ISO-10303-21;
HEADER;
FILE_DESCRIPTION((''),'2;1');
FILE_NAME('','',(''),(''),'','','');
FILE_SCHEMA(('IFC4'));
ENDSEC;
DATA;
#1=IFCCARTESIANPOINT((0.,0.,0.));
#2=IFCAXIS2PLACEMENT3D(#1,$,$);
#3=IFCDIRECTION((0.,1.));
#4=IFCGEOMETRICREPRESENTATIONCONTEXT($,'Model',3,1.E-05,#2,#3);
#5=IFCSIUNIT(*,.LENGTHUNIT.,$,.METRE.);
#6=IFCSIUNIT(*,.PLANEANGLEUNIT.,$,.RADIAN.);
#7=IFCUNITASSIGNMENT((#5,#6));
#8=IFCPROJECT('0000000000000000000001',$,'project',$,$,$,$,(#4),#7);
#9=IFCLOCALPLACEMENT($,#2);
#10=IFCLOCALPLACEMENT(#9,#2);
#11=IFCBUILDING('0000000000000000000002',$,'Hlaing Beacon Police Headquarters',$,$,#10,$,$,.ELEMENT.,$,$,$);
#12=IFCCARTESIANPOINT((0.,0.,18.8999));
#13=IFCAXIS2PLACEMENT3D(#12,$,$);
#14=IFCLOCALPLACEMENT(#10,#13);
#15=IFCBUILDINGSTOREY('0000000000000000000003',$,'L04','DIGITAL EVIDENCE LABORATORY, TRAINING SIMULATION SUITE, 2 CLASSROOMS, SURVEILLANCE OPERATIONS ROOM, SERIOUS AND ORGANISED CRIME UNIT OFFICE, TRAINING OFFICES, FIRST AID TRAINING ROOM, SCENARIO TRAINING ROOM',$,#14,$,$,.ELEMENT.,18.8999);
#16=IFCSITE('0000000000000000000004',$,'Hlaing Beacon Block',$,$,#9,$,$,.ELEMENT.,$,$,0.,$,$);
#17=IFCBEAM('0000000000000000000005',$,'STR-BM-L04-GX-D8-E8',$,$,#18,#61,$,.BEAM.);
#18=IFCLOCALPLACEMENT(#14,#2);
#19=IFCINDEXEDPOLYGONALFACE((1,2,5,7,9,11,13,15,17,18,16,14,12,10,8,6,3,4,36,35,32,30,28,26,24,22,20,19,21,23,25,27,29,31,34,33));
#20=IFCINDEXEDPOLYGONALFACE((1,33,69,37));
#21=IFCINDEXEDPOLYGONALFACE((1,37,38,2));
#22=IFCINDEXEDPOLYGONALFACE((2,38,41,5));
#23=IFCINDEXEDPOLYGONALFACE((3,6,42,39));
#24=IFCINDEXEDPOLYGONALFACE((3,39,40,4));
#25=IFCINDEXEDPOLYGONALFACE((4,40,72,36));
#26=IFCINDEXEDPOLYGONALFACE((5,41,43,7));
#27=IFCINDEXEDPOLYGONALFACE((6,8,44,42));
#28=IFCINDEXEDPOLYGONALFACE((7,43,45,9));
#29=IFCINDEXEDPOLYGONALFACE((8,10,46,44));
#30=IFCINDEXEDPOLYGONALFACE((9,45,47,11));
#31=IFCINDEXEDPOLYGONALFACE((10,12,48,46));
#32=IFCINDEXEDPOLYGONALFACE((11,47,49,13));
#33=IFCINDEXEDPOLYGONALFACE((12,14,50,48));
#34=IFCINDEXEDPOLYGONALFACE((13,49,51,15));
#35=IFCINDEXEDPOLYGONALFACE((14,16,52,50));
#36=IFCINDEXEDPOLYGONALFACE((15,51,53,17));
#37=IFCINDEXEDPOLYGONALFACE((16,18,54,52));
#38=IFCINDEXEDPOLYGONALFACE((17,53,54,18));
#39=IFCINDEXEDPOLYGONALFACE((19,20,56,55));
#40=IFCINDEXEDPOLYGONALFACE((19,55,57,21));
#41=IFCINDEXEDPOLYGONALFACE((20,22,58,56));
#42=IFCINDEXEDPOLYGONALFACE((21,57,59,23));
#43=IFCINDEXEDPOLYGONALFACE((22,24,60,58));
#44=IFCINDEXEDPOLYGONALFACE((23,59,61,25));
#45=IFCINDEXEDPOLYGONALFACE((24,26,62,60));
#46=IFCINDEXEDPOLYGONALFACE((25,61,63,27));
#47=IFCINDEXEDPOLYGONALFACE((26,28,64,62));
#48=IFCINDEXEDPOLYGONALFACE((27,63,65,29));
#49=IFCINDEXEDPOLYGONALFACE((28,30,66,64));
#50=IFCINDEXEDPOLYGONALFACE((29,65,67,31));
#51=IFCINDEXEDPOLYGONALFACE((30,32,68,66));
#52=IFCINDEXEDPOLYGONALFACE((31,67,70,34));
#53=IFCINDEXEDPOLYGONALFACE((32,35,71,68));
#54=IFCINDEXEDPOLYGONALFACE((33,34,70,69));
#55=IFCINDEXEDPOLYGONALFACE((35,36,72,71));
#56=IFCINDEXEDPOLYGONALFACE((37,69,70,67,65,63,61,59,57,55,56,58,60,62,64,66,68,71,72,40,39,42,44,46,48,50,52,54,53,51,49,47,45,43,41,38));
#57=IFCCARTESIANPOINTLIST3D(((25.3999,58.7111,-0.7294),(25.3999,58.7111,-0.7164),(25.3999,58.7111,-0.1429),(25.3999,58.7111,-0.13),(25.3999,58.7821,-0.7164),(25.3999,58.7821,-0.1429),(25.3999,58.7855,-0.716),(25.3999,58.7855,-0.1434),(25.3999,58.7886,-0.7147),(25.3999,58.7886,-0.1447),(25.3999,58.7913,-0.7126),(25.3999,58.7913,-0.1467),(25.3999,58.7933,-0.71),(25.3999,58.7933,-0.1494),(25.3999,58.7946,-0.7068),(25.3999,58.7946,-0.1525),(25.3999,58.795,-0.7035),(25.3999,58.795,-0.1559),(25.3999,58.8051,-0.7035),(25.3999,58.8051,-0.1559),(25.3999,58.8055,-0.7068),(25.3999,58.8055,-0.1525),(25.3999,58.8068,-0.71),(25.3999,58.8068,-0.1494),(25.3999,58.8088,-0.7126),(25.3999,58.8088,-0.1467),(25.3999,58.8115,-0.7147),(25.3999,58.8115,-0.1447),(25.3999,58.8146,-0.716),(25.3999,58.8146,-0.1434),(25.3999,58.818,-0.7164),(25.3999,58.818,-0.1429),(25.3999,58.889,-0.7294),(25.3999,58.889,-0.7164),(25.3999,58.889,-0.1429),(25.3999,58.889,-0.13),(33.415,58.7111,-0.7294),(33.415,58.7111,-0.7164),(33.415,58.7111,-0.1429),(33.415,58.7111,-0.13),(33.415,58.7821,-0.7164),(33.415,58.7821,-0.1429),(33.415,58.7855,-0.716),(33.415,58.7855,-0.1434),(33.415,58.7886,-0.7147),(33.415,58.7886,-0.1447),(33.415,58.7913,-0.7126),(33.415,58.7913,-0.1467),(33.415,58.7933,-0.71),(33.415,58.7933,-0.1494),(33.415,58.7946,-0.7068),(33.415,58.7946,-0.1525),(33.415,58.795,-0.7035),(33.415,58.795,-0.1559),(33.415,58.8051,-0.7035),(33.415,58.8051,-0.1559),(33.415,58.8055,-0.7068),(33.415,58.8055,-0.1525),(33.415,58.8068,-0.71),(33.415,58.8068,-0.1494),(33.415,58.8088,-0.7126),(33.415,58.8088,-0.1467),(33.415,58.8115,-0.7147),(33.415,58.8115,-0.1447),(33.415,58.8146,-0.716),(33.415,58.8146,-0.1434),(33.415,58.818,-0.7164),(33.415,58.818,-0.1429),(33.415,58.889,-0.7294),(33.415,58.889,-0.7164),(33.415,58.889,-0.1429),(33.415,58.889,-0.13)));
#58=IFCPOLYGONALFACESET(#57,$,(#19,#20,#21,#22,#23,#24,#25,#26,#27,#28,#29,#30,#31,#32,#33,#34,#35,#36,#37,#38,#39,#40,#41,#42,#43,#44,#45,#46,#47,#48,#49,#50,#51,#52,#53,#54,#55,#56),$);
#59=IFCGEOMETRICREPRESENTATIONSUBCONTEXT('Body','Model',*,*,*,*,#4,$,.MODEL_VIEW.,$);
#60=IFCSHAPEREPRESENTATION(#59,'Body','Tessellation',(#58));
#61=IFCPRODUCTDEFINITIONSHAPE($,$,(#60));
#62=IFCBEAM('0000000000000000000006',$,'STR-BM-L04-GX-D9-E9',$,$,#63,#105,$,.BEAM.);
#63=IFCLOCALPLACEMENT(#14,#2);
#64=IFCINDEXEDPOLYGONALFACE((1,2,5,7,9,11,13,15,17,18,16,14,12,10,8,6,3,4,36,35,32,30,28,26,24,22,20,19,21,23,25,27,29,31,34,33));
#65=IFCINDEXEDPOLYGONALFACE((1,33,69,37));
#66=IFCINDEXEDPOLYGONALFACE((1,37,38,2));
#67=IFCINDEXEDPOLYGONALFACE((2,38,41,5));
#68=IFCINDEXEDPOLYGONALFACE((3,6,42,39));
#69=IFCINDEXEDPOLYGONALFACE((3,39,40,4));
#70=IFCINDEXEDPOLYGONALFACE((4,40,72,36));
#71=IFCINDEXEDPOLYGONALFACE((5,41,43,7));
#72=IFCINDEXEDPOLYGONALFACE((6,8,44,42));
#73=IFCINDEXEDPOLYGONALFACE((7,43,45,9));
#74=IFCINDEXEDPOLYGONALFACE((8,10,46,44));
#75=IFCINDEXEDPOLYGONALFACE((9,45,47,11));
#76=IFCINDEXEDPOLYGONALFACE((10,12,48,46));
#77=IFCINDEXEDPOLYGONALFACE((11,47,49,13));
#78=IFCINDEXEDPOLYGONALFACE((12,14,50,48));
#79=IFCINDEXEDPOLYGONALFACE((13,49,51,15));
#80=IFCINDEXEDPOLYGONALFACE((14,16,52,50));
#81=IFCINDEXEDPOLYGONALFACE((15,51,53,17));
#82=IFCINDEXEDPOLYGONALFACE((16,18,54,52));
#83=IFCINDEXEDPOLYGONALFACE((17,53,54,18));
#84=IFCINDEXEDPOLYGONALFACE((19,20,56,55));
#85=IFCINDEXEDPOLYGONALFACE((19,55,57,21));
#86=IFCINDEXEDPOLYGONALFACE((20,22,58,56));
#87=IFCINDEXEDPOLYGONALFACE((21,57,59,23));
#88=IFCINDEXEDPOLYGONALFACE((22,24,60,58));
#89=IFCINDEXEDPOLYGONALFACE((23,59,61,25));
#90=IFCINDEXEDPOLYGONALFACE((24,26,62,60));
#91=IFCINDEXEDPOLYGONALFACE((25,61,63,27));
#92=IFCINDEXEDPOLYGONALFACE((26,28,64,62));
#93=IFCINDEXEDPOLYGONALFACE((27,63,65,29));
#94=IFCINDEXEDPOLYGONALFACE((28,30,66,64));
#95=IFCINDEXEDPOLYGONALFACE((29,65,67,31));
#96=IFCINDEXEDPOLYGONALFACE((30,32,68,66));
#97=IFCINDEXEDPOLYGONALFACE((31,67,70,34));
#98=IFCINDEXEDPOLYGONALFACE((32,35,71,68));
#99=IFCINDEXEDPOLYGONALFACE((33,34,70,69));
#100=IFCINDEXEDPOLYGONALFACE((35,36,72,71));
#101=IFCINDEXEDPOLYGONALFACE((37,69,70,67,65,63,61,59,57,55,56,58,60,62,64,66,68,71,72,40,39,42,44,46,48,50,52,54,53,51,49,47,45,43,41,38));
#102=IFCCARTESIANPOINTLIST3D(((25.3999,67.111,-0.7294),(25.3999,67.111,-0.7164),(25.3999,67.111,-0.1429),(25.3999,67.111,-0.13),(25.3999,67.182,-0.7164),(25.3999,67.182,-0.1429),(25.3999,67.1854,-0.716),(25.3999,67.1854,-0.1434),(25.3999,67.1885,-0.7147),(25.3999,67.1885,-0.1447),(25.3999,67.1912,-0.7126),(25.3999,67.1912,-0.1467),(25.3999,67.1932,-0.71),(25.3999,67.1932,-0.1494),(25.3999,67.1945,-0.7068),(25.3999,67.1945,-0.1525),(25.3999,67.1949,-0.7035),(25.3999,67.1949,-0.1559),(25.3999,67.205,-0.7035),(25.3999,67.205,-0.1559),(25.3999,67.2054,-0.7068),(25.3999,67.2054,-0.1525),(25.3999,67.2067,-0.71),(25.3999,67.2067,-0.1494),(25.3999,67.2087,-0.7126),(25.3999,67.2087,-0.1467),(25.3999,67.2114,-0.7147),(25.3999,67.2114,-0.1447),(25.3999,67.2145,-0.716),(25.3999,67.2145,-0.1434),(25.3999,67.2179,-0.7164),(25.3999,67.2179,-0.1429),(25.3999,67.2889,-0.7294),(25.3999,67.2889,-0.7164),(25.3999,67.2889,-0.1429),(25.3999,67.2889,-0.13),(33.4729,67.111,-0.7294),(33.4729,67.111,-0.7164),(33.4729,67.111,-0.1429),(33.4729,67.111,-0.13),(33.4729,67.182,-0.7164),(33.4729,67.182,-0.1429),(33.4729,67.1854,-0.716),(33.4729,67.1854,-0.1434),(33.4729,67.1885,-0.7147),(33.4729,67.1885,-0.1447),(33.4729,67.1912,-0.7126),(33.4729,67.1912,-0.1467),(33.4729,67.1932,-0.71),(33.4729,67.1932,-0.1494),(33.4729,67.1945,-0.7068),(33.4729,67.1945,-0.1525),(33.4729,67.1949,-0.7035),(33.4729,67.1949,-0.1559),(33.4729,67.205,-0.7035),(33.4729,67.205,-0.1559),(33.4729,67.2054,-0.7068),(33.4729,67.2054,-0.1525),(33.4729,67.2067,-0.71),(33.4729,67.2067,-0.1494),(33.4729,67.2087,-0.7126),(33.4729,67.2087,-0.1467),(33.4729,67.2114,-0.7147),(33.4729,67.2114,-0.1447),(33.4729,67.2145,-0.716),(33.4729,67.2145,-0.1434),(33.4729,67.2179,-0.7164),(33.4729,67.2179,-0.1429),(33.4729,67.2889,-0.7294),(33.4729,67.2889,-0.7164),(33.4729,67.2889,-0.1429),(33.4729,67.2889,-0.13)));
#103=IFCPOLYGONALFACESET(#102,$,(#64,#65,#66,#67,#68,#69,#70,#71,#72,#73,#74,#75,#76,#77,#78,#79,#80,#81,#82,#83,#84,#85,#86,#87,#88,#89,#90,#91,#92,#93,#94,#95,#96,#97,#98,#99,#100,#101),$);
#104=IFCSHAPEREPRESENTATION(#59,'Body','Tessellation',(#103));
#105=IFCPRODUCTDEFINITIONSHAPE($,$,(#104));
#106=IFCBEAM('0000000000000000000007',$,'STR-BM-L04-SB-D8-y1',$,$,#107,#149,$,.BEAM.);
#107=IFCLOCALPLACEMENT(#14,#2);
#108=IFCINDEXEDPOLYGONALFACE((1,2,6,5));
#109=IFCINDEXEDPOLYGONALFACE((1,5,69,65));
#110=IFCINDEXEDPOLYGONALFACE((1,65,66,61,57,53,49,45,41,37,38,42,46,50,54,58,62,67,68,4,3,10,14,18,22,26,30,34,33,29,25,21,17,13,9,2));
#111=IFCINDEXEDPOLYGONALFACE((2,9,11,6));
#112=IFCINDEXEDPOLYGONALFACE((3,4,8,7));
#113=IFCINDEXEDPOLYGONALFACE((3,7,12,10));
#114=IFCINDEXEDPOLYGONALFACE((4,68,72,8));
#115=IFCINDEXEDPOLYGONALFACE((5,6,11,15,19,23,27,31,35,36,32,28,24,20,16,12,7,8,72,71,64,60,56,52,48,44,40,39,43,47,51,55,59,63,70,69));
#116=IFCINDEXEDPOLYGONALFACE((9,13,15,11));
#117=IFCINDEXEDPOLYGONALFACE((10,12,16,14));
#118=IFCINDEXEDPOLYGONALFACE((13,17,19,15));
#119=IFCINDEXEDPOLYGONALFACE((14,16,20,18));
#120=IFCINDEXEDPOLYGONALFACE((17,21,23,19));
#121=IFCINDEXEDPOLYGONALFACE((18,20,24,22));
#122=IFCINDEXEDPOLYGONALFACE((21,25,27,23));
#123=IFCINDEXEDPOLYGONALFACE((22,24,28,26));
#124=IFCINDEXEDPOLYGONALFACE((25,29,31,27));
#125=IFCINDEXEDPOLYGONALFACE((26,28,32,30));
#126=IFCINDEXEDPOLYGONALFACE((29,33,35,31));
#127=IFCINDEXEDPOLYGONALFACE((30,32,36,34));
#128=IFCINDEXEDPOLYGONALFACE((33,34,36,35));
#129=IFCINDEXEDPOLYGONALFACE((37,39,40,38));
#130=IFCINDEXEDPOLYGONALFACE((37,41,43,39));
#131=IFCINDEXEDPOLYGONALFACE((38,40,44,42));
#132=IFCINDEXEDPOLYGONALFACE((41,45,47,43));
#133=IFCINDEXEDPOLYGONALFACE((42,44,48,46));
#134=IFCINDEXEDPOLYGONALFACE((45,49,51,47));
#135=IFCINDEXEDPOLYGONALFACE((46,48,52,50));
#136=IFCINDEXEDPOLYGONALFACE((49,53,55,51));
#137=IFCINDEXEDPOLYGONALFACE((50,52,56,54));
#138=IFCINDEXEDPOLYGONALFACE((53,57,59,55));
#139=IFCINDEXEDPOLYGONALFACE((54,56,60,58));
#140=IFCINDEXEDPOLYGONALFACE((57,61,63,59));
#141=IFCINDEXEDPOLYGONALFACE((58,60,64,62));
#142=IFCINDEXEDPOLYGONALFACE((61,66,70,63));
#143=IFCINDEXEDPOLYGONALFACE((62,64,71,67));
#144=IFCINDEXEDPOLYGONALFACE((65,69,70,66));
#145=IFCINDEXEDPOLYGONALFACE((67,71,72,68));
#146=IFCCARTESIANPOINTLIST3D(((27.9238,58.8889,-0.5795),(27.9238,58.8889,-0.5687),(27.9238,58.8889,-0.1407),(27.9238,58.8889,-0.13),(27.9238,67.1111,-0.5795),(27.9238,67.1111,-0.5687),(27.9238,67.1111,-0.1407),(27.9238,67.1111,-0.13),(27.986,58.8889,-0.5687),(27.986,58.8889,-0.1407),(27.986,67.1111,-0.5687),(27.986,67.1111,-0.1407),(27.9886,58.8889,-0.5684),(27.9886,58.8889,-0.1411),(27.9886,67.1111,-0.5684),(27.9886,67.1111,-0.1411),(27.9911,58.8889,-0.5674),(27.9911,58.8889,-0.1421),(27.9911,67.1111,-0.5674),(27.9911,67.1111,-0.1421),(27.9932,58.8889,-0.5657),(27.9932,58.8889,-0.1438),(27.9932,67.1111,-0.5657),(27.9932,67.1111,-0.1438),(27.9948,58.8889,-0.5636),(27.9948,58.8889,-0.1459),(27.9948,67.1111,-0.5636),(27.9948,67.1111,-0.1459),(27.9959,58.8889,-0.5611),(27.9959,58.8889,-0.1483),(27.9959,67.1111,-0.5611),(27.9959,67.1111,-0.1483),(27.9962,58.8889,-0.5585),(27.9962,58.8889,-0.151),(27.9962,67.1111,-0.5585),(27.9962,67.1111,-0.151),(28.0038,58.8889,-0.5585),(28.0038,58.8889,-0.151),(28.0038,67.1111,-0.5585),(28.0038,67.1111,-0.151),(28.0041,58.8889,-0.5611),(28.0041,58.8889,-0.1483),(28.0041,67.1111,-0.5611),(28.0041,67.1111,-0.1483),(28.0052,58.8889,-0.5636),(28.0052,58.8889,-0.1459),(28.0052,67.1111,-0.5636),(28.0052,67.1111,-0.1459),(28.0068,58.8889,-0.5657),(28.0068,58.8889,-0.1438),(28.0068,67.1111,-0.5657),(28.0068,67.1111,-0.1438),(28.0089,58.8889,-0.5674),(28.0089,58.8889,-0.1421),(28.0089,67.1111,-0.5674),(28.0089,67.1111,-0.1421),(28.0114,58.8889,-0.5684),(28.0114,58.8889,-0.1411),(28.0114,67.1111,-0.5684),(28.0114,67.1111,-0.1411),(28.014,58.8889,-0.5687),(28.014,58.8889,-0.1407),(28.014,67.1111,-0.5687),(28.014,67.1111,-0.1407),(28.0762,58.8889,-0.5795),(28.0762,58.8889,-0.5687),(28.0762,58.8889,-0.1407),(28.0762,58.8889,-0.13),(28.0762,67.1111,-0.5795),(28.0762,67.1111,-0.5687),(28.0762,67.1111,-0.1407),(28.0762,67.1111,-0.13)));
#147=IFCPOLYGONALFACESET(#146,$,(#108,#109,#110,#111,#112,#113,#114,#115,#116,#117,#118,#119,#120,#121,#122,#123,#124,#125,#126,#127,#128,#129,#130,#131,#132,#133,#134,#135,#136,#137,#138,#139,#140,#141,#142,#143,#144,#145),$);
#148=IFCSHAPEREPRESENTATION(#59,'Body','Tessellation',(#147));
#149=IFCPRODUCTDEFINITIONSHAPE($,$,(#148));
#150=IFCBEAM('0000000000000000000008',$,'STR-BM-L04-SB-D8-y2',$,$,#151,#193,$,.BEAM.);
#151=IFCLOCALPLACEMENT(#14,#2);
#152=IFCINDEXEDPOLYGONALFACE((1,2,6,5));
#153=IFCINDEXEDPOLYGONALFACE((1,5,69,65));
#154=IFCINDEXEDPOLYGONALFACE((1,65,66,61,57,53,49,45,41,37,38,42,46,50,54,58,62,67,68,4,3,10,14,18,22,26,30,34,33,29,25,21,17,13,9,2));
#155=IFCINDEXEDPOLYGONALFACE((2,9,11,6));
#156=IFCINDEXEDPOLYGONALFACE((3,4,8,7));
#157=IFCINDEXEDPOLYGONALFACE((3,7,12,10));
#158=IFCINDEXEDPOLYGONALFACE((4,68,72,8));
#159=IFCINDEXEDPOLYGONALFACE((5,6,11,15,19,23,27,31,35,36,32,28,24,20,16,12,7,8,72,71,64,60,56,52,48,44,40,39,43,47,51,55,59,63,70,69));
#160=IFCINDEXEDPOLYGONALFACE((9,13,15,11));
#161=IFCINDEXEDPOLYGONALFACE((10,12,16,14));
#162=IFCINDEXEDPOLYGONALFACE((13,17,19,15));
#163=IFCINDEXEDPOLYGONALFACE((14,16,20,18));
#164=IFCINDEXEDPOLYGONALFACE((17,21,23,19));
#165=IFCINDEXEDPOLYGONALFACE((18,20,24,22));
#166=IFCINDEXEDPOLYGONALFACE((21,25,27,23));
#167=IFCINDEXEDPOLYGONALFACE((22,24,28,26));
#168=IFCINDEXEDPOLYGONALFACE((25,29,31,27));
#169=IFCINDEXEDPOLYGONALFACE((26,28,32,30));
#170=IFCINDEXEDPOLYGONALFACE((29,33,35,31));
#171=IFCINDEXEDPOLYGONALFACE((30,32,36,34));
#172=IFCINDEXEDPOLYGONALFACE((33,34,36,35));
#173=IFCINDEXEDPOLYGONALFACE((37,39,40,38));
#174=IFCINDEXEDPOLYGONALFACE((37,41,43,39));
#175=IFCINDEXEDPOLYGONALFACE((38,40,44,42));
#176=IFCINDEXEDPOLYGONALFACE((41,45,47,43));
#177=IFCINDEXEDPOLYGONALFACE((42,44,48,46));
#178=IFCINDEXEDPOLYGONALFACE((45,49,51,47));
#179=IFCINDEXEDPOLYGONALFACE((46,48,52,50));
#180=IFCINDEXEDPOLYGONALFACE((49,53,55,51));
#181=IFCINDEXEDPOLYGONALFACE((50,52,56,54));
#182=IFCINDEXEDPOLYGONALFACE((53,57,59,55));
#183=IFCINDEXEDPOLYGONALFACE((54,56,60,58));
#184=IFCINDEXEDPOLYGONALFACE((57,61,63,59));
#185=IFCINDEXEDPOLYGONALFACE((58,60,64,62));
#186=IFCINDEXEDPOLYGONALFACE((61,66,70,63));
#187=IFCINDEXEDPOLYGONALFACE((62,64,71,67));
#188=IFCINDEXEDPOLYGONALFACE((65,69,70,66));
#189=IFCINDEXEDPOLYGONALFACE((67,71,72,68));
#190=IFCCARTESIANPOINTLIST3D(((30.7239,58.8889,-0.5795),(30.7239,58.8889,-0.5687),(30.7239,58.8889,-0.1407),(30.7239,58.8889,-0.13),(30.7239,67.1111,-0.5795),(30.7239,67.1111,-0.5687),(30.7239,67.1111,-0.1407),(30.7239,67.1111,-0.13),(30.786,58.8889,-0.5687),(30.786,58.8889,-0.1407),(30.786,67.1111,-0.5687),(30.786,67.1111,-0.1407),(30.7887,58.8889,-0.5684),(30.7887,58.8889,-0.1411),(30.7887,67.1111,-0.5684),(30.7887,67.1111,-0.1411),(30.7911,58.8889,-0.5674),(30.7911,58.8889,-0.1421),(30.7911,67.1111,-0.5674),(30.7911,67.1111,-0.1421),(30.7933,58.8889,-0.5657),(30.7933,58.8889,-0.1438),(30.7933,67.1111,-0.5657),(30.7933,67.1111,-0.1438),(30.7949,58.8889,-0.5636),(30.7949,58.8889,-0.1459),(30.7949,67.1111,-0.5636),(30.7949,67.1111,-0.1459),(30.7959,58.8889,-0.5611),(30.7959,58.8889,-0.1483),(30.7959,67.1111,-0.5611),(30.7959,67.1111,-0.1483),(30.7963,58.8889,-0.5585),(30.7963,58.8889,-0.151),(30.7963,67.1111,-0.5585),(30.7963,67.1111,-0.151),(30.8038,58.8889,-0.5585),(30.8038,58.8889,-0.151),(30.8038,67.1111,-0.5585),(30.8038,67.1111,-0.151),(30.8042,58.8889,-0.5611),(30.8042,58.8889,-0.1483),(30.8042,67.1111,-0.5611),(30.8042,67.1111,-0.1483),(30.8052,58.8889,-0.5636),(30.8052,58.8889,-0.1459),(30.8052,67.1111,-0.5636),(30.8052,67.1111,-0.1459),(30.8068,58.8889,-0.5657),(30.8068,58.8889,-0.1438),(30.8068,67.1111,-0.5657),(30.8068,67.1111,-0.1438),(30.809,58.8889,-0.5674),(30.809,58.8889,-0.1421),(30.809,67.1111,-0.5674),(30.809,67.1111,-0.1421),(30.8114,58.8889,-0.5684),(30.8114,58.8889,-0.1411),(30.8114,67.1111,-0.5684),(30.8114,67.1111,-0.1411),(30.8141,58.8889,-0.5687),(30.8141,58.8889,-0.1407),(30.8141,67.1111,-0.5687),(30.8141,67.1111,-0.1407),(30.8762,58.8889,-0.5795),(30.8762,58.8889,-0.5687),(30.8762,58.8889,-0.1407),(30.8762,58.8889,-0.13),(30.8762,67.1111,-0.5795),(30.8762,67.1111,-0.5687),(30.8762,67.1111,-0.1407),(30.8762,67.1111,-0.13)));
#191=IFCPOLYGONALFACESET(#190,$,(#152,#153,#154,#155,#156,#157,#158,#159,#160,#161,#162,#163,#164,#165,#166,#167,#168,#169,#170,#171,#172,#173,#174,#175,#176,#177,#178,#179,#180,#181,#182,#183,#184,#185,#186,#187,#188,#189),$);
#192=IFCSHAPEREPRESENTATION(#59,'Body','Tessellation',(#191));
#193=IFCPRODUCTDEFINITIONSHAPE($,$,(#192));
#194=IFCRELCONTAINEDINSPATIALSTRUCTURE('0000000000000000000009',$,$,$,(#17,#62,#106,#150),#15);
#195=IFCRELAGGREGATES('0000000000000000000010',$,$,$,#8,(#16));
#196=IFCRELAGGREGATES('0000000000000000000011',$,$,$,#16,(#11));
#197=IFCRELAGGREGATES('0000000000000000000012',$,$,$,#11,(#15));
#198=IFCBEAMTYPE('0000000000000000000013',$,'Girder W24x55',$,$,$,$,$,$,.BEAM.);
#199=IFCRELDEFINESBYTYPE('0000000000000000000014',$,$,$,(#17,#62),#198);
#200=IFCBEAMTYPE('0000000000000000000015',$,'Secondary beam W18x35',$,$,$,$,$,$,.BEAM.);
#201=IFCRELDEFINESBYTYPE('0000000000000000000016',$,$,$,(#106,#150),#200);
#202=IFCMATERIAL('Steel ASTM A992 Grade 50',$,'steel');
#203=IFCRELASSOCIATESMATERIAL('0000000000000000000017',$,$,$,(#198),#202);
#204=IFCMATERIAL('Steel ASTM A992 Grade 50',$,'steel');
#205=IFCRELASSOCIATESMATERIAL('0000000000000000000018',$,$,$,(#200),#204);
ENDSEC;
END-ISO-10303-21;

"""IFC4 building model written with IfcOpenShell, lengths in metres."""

from ifc_helpers import new_model, si_unit, direction, frame, origin, origin_2d, place, context, subcontext, project, spatial, i_section, extrude, material, material_profile, profile_set, type_object, element, save


model = new_model("IFC4")

# Units and contexts
model_context = context("Model", 3, precision=1e-05, world=origin(), true_north=direction((0.0, 1.0)))
body_context = subcontext(model_context, "Body", "Model", "MODEL_VIEW")
ifc_project = project(units=[si_unit("LENGTHUNIT", "METRE"), si_unit("PLANEANGLEUNIT", "RADIAN")], contexts=[model_context])

# Site, building, storey
site_placement = place(None, origin())
site = spatial("IfcSite", under=ifc_project, at=site_placement, Name="Hlaing Beacon Block", CompositionType="ELEMENT", RefElevation=0.0)
building_placement = place(site_placement, origin())
building = spatial("IfcBuilding", under=site, at=building_placement, Name="Hlaing Beacon Police Headquarters", CompositionType="ELEMENT")
storey_placement = place(building_placement, frame((0.0, 0.0, 18.8999)))
storey = spatial("IfcBuildingStorey", under=building, at=storey_placement, Name="L04", Description="DIGITAL EVIDENCE LABORATORY, TRAINING SIMULATION SUITE, 2 CLASSROOMS, SURVEILLANCE OPERATIONS ROOM, SERIOUS AND ORGANISED CRIME UNIT OFFICE, TRAINING OFFICES, FIRST AID TRAINING ROOM, SCENARIO TRAINING ROOM", CompositionType="ELEMENT", Elevation=18.8999)

# Beams
ifc_material_1 = material(Name="Steel ASTM A992 Grade 50", Category="steel")
ifc_material_profile_1 = material_profile(ifc_material_1, i_section(OverallWidth=0.178, OverallDepth=0.5994, WebThickness=0.01, FlangeThickness=0.0129, FilletRadius=0.0129, at=origin_2d()), Name="W24x55")
ifc_profile_set_1 = profile_set([ifc_material_profile_1], Name="Steel ASTM A992 Grade 50")
beam_type_1 = type_object("IfcBeamType", Name="Girder W24x55", PredefinedType="BEAM", material=ifc_profile_set_1)
beam_1_placement = place(storey_placement, frame((25.3999, 58.8, -0.4297), z_axis=(1.0, 0.0, 0.0), x_axis=(0.0, 1.0, 0.0)))
element("IfcBeam", 1, at=beam_1_placement, inside=storey, type_object=beam_type_1, Name="STR-BM-L04-GX-D8-E8", PredefinedType="BEAM", context=body_context, shape_type="SweptSolid", body=[
    extrude(i_section(OverallWidth=0.178, OverallDepth=0.5994, WebThickness=0.01, FlangeThickness=0.0129, FilletRadius=0.0129, at=origin_2d()), origin(), (0.0, 0.0, 1.0), 8.0151),
])
beam_2_placement = place(storey_placement, frame((25.3999, 67.2, -0.4297), z_axis=(1.0, 0.0, 0.0), x_axis=(0.0, 1.0, 0.0)))
element("IfcBeam", 2, at=beam_2_placement, inside=storey, type_object=beam_type_1, Name="STR-BM-L04-GX-D9-E9", PredefinedType="BEAM", context=body_context, shape_type="SweptSolid", body=[
    extrude(i_section(OverallWidth=0.178, OverallDepth=0.5994, WebThickness=0.01, FlangeThickness=0.0129, FilletRadius=0.0129, at=origin_2d()), origin(), (0.0, 0.0, 1.0), 8.073),
])
ifc_material_2 = material(Name="Steel ASTM A992 Grade 50", Category="steel")
ifc_material_profile_2 = material_profile(ifc_material_2, i_section(OverallWidth=0.1523, OverallDepth=0.4495, WebThickness=0.0076, FlangeThickness=0.0107, FilletRadius=0.0103, at=origin_2d()), Name="W18x35")
ifc_profile_set_2 = profile_set([ifc_material_profile_2], Name="Steel ASTM A992 Grade 50")
beam_type_2 = type_object("IfcBeamType", Name="Secondary beam W18x35", PredefinedType="BEAM", material=ifc_profile_set_2)
for number, where, z_axis, x_axis, name in (
    (3, (28.0, 58.8889, -0.3547), (0.0, 1.0, 0.0), (-1.0, 0.0, 0.0), "STR-BM-L04-SB-D8-y1"),
    (4, (30.8, 58.8889, -0.3547), (0.0, 1.0, 0.0), (-1.0, 0.0, 0.0), "STR-BM-L04-SB-D8-y2"),
):
    element("IfcBeam", number, at=place(storey_placement, frame(where, z_axis=z_axis, x_axis=x_axis)), inside=storey, type_object=beam_type_2, Name=name, PredefinedType="BEAM", context=body_context, shape_type="SweptSolid", body=[
        extrude(i_section(OverallWidth=0.1523, OverallDepth=0.4495, WebThickness=0.0076, FlangeThickness=0.0107, FilletRadius=0.0103, at=origin_2d()), origin(), (0.0, 0.0, 1.0), 8.2222),
    ])

save(model, "model.ifc")
